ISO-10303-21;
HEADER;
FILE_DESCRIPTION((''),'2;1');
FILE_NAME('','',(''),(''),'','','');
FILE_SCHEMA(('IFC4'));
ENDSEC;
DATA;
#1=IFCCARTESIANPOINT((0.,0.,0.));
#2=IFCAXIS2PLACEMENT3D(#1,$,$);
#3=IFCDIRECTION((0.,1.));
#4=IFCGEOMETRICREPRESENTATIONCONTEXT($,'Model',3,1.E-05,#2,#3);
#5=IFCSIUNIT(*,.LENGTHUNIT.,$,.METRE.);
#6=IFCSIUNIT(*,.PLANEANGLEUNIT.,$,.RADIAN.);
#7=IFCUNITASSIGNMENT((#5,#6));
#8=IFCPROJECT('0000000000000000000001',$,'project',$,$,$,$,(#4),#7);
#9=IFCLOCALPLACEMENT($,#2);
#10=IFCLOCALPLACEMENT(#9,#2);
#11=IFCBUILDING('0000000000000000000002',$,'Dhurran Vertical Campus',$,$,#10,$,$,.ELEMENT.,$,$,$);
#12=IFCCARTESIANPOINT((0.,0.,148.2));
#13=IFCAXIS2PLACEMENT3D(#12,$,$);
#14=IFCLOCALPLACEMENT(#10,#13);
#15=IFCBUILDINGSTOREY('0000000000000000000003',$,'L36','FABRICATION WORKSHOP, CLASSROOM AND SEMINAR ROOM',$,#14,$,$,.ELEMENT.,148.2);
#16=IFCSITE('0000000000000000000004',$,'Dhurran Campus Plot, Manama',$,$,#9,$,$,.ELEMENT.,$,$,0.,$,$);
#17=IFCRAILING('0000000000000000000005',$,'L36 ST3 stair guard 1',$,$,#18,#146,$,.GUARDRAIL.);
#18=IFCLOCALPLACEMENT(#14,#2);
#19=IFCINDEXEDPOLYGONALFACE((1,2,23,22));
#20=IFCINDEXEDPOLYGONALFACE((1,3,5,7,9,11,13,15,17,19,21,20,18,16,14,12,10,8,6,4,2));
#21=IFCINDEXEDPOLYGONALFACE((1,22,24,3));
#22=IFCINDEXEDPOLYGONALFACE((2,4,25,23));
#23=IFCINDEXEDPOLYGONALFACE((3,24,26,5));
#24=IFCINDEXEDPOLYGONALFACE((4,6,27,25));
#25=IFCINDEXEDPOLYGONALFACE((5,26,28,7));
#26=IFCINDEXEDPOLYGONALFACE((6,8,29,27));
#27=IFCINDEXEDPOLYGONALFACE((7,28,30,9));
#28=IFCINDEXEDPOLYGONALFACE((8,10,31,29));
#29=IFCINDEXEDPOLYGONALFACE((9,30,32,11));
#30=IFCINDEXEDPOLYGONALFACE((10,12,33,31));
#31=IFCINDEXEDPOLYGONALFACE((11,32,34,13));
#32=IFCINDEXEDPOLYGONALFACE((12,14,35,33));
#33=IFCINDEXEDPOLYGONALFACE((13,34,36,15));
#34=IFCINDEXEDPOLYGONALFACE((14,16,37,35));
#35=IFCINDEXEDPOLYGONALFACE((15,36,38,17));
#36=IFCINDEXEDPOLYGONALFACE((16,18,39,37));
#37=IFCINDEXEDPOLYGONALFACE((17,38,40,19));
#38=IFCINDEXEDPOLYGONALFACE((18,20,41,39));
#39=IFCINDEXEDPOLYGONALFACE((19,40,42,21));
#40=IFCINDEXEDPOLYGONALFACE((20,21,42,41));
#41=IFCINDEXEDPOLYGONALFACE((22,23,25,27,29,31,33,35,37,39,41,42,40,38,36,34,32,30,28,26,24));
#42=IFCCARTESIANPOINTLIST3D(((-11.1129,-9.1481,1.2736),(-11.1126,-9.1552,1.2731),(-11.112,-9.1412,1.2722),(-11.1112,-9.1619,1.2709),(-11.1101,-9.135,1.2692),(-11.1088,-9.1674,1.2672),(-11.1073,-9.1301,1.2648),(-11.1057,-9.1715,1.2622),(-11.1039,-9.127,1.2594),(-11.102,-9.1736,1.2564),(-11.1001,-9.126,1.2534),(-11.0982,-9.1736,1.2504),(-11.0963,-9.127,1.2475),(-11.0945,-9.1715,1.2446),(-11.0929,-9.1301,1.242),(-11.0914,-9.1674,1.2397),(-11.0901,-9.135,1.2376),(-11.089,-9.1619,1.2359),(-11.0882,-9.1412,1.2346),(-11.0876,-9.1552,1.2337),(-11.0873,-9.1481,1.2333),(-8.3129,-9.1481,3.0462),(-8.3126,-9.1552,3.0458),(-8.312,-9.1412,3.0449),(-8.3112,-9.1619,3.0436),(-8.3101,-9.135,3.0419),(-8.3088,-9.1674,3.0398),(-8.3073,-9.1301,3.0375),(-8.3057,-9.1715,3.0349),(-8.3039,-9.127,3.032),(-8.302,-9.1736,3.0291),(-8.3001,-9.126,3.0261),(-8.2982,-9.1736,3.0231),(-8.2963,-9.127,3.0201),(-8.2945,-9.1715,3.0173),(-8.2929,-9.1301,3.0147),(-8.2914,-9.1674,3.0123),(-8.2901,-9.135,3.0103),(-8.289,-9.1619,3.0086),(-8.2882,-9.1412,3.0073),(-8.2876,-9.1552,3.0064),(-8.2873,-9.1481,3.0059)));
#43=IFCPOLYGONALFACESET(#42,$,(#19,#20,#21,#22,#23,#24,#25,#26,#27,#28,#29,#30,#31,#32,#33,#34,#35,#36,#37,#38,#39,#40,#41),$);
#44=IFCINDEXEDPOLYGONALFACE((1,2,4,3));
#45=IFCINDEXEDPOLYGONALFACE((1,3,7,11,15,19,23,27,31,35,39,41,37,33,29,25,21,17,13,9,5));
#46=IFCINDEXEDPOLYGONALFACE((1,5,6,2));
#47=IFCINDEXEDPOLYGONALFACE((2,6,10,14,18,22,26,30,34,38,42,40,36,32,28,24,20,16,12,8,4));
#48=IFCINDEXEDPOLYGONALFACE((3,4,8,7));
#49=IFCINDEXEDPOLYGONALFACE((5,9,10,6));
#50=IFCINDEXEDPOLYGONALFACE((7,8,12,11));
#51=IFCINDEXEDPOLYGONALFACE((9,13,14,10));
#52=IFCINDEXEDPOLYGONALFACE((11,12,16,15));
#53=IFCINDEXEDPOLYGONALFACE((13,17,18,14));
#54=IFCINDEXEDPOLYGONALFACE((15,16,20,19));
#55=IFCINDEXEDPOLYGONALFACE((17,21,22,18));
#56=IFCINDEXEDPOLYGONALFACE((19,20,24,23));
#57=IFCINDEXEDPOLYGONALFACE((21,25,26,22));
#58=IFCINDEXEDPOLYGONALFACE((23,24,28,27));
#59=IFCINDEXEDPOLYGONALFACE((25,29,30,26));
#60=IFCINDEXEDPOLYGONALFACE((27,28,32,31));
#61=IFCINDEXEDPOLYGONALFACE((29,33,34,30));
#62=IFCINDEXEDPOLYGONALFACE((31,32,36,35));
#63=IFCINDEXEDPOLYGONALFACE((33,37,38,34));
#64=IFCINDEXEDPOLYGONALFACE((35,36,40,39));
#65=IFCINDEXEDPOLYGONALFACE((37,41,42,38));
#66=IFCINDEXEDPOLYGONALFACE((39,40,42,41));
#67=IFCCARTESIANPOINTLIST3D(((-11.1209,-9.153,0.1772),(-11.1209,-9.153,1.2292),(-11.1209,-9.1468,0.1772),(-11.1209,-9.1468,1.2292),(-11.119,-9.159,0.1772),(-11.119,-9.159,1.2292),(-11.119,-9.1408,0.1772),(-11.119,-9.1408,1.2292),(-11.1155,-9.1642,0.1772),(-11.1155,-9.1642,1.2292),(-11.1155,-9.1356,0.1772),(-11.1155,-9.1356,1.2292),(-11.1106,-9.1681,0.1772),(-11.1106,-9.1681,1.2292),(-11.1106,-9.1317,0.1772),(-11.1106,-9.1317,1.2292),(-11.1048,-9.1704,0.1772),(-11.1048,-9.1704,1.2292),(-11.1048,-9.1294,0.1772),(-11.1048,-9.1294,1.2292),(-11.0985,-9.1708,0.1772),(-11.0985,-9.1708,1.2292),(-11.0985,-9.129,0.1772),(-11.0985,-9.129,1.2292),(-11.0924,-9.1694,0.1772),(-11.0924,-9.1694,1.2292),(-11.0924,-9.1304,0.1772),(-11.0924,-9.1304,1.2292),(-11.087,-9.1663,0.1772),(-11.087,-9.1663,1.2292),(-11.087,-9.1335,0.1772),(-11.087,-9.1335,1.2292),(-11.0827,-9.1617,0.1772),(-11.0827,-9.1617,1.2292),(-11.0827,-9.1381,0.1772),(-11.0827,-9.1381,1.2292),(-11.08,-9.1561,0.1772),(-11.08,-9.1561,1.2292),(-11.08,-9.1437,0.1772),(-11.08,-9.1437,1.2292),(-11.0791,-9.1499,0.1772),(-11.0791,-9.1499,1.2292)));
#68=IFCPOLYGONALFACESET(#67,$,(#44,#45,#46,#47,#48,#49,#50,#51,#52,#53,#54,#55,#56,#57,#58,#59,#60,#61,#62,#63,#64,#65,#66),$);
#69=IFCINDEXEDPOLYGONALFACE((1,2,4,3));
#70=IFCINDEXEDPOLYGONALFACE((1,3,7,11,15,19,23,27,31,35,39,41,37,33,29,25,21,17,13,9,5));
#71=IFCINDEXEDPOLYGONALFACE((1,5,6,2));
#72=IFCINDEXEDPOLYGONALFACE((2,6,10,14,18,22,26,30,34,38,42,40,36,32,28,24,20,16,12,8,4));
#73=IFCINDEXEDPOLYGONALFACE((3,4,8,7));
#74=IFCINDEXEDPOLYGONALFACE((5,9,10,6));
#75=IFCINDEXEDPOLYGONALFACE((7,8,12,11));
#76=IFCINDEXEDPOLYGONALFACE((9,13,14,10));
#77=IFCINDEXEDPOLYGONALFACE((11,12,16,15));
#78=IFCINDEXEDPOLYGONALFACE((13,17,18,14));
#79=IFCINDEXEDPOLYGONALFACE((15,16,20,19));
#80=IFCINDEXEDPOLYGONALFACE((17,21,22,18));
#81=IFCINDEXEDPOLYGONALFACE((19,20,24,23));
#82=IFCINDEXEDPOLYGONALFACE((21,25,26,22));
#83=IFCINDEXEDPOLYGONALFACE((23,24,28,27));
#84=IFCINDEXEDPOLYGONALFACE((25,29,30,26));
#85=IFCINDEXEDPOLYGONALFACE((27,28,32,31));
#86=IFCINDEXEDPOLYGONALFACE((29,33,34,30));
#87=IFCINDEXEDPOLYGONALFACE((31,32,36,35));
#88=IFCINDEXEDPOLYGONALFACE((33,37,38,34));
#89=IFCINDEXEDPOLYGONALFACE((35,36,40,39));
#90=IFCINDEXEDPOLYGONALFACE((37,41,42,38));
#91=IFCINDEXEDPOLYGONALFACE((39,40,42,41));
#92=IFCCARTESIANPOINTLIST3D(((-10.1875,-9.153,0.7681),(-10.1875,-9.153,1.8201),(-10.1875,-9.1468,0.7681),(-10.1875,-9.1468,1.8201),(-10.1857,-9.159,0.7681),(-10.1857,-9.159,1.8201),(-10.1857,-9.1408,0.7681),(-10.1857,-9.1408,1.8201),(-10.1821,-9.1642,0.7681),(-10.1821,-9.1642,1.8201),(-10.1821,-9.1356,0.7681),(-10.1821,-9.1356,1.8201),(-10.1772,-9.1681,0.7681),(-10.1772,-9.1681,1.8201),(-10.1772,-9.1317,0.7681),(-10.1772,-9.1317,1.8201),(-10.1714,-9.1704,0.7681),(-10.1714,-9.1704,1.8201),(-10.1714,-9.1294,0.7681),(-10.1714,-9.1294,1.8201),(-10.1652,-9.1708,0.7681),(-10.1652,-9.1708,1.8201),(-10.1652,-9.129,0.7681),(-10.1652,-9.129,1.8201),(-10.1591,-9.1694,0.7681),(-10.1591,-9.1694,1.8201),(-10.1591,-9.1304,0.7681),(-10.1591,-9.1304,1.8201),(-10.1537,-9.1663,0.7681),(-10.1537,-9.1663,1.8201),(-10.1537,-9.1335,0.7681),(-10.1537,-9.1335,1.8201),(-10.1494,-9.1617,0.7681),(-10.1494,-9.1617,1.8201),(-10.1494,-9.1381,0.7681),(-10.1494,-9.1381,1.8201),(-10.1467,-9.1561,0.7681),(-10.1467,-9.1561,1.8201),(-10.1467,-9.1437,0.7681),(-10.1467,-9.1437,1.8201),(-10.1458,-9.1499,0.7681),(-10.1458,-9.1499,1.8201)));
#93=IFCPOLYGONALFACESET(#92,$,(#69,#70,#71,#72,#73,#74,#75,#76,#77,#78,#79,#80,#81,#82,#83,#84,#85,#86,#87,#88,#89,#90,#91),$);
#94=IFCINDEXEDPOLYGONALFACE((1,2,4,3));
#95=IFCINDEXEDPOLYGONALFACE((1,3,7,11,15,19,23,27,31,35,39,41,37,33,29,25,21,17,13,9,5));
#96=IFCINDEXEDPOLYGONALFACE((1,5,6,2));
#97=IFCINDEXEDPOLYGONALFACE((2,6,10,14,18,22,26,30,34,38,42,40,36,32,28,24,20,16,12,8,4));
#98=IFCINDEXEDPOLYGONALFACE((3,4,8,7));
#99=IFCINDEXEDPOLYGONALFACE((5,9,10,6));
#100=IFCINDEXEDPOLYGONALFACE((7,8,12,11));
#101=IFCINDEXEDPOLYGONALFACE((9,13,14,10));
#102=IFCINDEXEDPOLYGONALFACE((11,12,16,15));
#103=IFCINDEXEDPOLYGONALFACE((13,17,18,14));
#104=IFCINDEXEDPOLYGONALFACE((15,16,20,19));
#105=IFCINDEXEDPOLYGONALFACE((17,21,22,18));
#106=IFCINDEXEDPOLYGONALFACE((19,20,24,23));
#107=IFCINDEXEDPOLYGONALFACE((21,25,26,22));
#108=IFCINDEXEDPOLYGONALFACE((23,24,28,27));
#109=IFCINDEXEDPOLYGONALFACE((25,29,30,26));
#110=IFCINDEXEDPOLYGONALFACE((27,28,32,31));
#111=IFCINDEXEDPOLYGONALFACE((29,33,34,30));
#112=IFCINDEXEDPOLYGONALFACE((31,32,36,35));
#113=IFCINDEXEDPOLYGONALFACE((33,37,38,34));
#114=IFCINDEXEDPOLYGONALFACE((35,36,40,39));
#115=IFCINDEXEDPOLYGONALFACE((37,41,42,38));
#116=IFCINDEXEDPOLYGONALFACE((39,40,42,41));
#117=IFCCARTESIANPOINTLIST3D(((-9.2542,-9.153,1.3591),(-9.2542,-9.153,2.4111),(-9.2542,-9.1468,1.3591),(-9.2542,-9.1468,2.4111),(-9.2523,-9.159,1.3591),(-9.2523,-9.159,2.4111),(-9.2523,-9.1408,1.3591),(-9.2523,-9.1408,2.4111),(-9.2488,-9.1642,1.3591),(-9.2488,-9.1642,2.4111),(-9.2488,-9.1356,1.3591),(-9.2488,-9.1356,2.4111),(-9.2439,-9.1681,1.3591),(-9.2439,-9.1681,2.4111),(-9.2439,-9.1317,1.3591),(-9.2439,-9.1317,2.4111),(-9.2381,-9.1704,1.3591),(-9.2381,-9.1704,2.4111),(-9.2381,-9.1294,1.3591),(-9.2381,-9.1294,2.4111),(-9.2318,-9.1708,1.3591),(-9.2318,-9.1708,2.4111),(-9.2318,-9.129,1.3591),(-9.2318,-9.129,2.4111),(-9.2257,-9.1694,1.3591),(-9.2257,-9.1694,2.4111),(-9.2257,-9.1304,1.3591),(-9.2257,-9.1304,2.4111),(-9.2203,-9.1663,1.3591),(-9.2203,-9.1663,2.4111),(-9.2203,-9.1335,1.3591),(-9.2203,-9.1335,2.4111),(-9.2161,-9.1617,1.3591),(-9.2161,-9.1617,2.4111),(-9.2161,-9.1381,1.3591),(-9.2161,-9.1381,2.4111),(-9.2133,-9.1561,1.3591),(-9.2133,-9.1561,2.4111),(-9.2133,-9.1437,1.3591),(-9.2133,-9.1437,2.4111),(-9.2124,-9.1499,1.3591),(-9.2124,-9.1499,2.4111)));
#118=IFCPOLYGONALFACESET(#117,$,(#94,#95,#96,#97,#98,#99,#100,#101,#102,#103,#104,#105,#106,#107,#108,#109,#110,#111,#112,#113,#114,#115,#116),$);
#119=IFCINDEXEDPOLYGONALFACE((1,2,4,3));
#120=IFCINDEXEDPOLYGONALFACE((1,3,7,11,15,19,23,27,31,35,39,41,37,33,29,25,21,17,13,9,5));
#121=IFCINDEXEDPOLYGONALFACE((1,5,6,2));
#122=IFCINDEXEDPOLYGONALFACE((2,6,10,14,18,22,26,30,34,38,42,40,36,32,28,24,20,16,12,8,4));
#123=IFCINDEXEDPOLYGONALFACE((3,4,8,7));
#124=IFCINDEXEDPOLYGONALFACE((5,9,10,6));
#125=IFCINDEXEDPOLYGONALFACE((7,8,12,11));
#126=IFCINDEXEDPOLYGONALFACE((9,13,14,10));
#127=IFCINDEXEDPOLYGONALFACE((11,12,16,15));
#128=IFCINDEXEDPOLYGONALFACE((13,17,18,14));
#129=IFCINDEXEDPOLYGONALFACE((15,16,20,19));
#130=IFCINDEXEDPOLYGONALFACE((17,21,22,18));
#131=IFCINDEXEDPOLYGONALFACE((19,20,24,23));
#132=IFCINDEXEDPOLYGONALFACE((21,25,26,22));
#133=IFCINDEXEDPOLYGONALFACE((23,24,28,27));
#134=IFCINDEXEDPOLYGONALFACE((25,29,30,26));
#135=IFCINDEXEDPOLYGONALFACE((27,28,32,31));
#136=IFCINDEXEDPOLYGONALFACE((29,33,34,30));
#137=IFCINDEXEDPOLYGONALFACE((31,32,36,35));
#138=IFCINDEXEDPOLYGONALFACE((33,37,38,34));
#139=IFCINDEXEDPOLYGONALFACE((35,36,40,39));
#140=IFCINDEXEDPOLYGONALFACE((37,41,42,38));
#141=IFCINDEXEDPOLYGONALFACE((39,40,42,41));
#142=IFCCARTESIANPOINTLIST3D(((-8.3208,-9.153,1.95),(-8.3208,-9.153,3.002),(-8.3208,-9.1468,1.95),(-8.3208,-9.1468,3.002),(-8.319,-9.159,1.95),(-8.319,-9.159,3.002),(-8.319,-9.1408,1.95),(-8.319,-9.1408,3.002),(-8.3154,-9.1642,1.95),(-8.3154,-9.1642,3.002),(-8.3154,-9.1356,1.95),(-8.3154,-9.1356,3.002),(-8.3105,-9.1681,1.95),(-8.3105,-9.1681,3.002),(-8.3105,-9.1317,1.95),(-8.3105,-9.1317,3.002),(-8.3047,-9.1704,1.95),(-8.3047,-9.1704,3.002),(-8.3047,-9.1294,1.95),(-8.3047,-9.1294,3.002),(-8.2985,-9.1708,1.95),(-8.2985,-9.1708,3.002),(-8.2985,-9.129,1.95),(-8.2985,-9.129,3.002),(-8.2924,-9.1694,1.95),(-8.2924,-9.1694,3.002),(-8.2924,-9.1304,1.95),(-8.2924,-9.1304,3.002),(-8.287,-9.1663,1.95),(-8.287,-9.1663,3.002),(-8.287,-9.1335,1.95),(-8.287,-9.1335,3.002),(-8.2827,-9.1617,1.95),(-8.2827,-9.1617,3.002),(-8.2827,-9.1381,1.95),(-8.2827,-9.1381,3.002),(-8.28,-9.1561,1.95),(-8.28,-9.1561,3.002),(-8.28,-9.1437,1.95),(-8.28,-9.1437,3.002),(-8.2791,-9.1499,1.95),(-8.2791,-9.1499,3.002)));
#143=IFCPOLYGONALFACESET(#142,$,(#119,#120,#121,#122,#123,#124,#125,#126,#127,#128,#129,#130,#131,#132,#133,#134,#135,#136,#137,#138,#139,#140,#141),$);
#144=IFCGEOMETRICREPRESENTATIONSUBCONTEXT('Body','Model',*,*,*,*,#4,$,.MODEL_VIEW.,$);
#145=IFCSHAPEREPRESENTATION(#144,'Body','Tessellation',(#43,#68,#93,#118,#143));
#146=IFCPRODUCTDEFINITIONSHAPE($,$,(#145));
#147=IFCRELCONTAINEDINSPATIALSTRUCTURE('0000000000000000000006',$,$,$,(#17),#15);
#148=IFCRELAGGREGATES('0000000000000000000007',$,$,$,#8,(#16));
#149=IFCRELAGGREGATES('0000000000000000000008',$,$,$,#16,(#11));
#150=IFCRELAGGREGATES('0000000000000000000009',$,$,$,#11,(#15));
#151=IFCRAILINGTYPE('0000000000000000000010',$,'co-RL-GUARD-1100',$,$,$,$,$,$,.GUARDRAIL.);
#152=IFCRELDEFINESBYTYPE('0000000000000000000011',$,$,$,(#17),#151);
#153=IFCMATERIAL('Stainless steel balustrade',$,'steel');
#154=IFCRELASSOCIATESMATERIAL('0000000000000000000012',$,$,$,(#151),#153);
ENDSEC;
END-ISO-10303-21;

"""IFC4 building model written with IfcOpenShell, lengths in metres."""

from ifc_helpers import new_model, si_unit, direction, frame, origin, origin_2d, place, context, subcontext, project, spatial, circle, extrude, material, type_object, element, save


model = new_model("IFC4")

# Units and contexts
model_context = context("Model", 3, precision=1e-05, world=origin(), true_north=direction((0.0, 1.0)))
body_context = subcontext(model_context, "Body", "Model", "MODEL_VIEW")
ifc_project = project(units=[si_unit("LENGTHUNIT", "METRE"), si_unit("PLANEANGLEUNIT", "RADIAN")], contexts=[model_context])

# Site, building, storey
site_placement = place(None, origin())
site = spatial("IfcSite", under=ifc_project, at=site_placement, Name="Dhurran Campus Plot, Manama", CompositionType="ELEMENT", RefElevation=0.0)
building_placement = place(site_placement, origin())
building = spatial("IfcBuilding", under=site, at=building_placement, Name="Dhurran Vertical Campus", CompositionType="ELEMENT")
storey_placement = place(building_placement, frame((0.0, 0.0, 148.2)))
storey = spatial("IfcBuildingStorey", under=building, at=storey_placement, Name="L36", Description="FABRICATION WORKSHOP, CLASSROOM AND SEMINAR ROOM", CompositionType="ELEMENT", Elevation=148.2)

# Railing
ifc_material_1 = material(Name="Stainless steel balustrade", Category="steel")
railing_type_1 = type_object("IfcRailingType", Name="co-RL-GUARD-1100", PredefinedType="GUARDRAIL", material=ifc_material_1)
railing_1_placement = place(storey_placement, frame((-11.1001, -9.1499, 0.1772)))
element("IfcRailing", 1, at=railing_1_placement, inside=storey, type_object=railing_type_1, Name="L36 ST3 stair guard 1", PredefinedType="GUARDRAIL", context=body_context, shape_type="SweptSolid", body=[
    extrude(circle(Radius=0.0239, at=origin_2d()), frame((0.0, 0.0, 1.0762), z_axis=(0.844909, 0.0, 0.53491), x_axis=(0.0, 1.0, 0.0)), (0.0, 0.0, 1.0), 3.314),
    extrude(circle(Radius=0.021, at=origin_2d()), origin(), (0.0, 0.0, 1.0), 1.052),
    extrude(circle(Radius=0.021, at=origin_2d()), frame((0.9333, 0.0, 0.5908)), (0.0, 0.0, 1.0), 1.052),
    extrude(circle(Radius=0.021, at=origin_2d()), frame((1.8667, 0.0, 1.1819)), (0.0, 0.0, 1.0), 1.052),
    extrude(circle(Radius=0.021, at=origin_2d()), frame((2.8, 0.0, 1.7727)), (0.0, 0.0, 1.0), 1.052),
])

save(model, "model.ifc")
